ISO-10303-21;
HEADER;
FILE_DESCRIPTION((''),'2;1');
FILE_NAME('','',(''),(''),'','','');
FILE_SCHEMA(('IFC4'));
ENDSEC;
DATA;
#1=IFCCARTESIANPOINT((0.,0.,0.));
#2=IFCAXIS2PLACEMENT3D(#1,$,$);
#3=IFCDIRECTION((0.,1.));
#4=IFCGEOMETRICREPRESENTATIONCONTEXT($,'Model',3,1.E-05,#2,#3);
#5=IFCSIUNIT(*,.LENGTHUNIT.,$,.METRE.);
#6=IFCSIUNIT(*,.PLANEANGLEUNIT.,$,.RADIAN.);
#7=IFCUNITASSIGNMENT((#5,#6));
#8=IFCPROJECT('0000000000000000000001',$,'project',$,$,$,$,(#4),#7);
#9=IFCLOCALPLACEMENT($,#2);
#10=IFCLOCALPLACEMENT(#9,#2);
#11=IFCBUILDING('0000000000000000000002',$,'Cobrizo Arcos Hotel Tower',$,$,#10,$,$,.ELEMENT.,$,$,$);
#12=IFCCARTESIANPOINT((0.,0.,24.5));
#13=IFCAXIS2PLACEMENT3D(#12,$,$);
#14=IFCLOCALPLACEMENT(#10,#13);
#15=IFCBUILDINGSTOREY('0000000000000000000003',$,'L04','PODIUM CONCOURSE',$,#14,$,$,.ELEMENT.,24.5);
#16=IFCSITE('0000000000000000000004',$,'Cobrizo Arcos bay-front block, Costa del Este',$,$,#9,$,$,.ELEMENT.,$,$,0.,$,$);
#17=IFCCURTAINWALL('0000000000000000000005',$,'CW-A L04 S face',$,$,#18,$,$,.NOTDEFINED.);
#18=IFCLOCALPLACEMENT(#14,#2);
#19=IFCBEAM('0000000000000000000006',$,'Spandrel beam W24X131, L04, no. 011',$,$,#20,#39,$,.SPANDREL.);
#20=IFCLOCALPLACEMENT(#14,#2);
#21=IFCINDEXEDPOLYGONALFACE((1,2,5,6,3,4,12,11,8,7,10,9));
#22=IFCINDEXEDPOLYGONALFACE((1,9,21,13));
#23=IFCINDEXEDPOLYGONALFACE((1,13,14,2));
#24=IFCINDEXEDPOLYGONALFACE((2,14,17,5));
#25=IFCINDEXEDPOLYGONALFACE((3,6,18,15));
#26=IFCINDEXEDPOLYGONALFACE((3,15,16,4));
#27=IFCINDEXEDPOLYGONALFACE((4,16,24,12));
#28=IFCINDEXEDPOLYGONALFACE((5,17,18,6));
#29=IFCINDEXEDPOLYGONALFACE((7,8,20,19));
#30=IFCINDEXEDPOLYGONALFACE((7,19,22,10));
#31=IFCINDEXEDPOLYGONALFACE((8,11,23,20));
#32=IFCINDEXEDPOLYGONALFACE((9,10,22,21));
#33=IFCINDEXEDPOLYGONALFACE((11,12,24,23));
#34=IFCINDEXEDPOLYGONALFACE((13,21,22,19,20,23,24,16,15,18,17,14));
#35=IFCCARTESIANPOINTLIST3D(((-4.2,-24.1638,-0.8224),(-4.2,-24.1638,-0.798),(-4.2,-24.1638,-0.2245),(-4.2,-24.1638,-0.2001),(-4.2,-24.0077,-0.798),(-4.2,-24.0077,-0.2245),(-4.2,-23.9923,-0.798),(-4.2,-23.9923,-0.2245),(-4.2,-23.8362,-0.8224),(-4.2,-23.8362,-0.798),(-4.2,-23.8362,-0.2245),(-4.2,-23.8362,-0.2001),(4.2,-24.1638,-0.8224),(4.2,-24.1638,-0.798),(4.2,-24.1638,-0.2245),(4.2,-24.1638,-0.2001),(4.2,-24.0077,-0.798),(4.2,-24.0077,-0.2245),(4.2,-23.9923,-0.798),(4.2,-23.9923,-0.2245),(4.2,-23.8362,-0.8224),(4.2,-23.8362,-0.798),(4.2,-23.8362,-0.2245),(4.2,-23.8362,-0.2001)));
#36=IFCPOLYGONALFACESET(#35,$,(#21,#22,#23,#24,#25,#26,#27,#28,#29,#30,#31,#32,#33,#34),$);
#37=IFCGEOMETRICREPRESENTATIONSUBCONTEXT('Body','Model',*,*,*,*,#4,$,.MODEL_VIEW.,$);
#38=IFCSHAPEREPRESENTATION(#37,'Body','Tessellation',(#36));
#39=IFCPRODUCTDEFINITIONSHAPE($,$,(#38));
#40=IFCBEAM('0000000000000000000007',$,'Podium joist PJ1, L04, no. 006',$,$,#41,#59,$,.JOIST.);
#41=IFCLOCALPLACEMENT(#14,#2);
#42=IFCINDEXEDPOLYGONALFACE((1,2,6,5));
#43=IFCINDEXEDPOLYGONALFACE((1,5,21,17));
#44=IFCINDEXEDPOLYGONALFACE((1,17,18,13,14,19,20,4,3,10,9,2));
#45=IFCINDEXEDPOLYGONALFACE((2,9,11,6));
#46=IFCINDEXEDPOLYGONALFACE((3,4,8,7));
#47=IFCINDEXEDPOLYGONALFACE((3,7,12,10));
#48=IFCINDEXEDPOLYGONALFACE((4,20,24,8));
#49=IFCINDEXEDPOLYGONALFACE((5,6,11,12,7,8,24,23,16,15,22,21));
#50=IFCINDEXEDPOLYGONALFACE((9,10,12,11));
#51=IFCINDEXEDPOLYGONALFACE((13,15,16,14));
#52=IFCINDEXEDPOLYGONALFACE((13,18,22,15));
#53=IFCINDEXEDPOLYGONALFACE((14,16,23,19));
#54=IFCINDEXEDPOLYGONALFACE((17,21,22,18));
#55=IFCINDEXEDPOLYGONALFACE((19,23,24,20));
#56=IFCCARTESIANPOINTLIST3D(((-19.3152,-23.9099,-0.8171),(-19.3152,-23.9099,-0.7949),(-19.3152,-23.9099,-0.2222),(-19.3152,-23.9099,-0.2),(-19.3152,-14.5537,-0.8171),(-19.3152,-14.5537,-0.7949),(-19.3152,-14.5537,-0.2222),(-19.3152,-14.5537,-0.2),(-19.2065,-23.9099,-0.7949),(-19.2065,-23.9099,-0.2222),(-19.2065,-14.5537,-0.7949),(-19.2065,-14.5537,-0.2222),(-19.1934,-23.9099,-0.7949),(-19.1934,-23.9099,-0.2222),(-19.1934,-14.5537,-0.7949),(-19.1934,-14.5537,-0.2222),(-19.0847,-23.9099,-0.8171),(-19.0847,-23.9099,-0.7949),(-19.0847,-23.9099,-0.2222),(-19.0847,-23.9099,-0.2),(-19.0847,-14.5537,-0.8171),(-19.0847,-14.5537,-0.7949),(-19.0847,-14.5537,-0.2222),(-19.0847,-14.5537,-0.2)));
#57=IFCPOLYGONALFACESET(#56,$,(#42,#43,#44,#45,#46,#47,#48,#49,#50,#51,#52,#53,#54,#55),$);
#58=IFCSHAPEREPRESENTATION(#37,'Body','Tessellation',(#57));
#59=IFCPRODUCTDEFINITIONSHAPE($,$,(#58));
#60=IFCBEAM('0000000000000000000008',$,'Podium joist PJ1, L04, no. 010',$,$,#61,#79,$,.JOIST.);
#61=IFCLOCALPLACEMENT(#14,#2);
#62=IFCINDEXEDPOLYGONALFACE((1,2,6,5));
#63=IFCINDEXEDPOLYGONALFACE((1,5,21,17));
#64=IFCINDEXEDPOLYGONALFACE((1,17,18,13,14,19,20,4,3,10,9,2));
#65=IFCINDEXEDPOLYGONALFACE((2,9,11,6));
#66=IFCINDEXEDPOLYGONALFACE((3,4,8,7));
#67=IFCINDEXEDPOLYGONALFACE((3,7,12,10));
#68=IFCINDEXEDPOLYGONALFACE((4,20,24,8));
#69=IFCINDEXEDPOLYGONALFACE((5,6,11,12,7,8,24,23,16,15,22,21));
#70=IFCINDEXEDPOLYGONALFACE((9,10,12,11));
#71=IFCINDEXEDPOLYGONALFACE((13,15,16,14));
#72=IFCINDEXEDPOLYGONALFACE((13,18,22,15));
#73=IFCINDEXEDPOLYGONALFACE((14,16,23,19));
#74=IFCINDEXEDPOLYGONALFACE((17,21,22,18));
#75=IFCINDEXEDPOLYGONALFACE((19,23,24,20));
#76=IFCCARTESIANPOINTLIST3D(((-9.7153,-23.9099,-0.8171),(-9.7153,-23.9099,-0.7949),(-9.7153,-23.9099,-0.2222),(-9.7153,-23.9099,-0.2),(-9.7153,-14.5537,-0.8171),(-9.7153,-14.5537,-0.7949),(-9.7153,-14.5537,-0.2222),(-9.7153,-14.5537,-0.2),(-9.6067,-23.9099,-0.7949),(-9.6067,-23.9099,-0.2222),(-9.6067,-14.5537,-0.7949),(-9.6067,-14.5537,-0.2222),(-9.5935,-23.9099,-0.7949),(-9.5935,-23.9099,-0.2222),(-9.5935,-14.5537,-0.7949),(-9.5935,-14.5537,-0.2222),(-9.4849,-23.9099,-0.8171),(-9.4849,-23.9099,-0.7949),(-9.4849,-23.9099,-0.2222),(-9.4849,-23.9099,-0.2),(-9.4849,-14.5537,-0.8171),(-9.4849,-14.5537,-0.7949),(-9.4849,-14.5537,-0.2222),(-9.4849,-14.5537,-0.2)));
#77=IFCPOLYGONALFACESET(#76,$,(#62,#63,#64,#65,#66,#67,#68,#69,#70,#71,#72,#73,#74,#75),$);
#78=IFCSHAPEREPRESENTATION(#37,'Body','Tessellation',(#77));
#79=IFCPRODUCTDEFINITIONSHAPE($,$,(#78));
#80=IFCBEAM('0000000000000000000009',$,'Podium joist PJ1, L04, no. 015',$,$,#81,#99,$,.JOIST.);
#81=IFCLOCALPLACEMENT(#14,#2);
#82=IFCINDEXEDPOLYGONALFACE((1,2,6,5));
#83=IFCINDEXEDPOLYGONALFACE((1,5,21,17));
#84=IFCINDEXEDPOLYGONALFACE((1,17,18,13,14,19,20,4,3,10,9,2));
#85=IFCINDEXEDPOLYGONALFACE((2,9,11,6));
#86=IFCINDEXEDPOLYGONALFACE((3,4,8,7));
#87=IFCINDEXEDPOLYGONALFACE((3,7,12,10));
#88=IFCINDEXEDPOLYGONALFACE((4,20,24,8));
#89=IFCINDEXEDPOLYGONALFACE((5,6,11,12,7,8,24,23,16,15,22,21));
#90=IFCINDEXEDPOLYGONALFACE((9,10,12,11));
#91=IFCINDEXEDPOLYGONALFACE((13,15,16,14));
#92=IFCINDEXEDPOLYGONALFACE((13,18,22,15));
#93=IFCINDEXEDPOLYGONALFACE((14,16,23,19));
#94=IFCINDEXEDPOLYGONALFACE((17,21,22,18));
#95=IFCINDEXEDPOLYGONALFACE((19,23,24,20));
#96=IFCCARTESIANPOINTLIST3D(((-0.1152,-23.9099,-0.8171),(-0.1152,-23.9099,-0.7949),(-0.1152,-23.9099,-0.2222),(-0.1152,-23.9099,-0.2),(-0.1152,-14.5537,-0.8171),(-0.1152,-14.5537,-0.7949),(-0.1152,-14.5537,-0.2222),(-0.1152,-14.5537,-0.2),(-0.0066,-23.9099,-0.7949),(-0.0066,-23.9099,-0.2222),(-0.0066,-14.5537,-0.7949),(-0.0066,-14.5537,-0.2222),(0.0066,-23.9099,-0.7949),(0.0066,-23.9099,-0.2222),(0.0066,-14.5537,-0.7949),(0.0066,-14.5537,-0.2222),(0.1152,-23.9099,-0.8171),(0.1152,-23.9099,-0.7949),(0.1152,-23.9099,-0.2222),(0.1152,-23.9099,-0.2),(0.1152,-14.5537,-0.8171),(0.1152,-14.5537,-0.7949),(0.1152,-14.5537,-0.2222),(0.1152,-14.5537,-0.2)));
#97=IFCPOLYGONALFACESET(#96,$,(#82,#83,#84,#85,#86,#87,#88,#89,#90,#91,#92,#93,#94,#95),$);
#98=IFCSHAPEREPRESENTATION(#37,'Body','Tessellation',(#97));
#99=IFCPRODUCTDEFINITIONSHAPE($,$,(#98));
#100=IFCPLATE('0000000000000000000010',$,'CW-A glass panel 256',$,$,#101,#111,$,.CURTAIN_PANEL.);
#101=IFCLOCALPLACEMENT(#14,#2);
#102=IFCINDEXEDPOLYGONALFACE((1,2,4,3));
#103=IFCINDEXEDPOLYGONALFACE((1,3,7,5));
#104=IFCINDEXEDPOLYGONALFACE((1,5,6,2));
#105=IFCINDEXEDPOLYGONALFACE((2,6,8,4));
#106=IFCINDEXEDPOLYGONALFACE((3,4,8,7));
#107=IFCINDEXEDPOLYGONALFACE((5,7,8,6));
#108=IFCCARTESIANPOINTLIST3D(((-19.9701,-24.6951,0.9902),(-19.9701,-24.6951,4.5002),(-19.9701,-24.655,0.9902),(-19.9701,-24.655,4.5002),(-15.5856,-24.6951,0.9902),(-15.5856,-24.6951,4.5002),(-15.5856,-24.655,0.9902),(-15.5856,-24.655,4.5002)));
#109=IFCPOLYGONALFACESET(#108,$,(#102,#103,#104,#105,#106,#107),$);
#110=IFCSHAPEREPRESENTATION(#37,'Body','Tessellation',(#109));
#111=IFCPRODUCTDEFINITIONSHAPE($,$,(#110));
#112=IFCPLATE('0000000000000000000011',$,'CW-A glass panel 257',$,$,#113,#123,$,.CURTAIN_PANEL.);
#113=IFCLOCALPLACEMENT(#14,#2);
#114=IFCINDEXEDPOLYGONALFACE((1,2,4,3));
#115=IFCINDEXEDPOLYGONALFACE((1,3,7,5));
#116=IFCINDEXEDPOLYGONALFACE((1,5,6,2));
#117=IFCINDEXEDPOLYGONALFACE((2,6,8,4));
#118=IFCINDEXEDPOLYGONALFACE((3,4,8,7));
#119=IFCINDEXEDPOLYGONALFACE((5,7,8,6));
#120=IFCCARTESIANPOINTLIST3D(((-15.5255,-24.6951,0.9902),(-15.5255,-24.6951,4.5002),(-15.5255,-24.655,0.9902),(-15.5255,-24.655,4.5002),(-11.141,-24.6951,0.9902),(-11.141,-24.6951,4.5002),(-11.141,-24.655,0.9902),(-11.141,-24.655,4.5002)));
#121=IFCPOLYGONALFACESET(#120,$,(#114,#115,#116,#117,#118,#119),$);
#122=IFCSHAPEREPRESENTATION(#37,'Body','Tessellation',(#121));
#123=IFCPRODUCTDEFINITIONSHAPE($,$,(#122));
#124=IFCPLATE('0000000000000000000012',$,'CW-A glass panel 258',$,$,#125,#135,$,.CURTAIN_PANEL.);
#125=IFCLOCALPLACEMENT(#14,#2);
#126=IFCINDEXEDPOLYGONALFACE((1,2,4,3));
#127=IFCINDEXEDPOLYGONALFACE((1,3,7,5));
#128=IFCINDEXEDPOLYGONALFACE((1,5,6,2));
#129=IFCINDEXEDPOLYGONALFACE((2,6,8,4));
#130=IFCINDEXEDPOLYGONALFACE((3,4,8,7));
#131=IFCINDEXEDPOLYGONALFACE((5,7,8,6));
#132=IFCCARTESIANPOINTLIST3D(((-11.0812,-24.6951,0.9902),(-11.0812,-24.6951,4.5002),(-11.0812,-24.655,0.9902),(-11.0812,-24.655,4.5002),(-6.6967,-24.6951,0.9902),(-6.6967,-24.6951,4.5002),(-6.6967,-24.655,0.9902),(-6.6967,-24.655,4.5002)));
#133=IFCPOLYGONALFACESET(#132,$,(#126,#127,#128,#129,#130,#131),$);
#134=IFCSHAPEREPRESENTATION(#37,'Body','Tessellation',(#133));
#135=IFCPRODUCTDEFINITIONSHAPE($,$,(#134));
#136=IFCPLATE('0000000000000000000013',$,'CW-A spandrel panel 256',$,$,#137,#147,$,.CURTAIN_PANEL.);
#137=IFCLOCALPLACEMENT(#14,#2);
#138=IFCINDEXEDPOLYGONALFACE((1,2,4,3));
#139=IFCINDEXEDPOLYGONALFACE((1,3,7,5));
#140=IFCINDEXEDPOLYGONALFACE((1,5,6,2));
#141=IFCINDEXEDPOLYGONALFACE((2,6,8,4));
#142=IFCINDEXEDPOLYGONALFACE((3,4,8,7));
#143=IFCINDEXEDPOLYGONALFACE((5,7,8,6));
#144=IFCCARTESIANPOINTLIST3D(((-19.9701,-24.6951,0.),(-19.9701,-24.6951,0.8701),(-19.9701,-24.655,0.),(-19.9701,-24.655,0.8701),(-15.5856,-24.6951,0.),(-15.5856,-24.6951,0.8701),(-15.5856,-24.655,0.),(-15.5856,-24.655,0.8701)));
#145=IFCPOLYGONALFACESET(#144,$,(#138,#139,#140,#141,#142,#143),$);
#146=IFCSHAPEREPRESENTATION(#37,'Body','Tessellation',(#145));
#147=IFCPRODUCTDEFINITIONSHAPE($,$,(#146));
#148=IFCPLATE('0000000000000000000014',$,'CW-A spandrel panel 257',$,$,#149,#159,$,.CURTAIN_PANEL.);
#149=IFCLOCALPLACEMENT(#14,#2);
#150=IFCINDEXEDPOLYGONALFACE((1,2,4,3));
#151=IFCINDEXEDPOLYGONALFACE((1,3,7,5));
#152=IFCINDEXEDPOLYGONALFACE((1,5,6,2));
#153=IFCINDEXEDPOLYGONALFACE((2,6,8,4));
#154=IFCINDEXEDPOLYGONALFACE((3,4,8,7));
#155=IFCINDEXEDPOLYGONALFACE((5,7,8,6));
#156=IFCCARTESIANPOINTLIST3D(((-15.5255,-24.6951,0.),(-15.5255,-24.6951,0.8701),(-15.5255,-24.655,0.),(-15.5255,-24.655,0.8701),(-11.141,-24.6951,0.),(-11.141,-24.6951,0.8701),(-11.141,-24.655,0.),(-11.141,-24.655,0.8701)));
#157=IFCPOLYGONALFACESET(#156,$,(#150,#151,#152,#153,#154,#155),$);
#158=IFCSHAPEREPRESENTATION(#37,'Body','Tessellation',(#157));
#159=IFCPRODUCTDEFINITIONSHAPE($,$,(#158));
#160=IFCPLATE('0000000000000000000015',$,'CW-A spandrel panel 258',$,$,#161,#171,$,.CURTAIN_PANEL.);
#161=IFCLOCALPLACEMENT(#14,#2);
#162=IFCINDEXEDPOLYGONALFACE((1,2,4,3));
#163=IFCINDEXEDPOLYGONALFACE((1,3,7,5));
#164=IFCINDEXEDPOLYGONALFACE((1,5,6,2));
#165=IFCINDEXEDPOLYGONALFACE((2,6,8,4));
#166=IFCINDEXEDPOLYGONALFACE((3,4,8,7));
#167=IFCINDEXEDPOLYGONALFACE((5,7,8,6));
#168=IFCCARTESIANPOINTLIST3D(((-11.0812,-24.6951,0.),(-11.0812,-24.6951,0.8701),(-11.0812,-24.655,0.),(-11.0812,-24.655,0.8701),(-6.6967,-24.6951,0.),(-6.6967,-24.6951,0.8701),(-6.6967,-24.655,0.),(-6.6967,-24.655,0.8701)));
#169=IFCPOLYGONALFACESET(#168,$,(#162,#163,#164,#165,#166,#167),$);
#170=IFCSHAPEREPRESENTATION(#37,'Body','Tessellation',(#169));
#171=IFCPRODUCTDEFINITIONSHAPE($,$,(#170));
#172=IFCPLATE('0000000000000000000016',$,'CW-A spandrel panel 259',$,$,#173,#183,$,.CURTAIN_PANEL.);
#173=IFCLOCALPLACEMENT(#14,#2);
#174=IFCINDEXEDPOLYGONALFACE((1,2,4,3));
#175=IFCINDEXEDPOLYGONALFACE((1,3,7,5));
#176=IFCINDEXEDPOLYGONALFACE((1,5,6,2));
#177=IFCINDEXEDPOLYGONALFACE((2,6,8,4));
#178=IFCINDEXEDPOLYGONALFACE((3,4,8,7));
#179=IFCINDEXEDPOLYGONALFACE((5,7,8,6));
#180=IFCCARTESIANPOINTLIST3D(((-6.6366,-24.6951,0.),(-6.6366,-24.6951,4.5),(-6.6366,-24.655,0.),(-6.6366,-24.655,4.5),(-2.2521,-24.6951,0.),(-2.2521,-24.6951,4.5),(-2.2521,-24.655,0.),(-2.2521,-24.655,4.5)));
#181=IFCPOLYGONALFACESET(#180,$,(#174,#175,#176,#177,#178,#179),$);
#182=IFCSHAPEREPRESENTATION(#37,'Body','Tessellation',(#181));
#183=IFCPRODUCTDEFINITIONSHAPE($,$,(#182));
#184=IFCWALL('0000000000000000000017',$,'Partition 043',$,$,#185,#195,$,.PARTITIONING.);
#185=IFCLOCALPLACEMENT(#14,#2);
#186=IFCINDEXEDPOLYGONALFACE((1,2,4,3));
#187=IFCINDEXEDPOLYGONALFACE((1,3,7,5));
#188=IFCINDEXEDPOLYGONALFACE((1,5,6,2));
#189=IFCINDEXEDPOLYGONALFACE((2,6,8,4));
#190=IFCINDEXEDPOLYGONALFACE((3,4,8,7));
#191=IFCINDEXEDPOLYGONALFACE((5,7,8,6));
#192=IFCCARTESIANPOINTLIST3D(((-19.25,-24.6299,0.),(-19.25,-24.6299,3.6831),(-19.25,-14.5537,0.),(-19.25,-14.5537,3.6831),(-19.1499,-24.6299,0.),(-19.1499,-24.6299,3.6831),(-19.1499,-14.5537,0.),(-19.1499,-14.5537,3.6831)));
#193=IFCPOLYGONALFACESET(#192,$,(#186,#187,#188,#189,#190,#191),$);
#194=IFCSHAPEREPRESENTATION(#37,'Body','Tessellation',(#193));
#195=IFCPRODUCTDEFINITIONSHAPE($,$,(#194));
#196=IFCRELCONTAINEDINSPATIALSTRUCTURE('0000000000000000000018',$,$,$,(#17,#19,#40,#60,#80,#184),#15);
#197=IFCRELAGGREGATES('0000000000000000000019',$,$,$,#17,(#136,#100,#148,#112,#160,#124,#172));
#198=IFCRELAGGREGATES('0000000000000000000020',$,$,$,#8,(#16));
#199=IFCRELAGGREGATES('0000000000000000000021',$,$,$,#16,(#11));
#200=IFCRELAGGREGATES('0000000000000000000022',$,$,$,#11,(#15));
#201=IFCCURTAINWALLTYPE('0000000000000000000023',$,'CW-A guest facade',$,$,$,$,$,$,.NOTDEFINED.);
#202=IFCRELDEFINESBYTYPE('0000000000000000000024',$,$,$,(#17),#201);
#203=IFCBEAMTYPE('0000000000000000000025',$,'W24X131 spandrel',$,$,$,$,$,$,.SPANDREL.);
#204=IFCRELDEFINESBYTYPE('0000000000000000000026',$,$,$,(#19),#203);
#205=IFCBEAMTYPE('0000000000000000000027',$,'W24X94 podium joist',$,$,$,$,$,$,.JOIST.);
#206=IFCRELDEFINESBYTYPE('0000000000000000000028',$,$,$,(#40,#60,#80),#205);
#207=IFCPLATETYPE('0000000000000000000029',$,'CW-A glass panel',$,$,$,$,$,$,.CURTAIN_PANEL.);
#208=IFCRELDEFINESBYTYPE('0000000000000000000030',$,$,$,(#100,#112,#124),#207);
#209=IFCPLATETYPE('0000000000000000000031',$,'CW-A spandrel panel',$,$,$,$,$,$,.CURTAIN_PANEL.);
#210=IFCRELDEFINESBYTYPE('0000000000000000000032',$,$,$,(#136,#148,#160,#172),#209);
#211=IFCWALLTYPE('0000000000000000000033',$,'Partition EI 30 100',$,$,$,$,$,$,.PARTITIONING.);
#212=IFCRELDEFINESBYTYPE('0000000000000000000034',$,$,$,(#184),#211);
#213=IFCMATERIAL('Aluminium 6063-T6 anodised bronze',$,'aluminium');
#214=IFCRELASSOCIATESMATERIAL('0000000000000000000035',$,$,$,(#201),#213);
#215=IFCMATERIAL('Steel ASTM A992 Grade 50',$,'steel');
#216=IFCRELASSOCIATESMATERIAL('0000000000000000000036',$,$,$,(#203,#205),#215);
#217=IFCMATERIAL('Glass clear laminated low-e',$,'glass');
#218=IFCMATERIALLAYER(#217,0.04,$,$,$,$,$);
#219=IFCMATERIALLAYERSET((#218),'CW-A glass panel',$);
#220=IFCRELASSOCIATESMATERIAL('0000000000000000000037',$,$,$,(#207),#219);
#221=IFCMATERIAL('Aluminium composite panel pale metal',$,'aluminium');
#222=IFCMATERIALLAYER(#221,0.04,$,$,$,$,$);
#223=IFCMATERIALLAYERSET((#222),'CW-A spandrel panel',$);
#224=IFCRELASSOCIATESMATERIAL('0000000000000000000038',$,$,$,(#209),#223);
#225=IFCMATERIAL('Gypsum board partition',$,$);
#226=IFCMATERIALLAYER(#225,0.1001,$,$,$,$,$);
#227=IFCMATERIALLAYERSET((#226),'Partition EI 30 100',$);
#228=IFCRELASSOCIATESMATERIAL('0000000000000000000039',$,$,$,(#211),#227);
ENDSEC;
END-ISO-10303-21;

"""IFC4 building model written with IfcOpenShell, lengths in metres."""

from ifc_helpers import new_model, si_unit, direction, frame, frame_2d, origin, origin_2d, place, context, subcontext, project, spatial, rectangle, i_section, extrude, material, layer, layer_set, material_profile, profile_set, type_object, element, aggregate, save


model = new_model("IFC4")

# Units and contexts
model_context = context("Model", 3, precision=1e-05, world=origin(), true_north=direction((0.0, 1.0)))
body_context = subcontext(model_context, "Body", "Model", "MODEL_VIEW")
ifc_project = project(units=[si_unit("LENGTHUNIT", "METRE"), si_unit("PLANEANGLEUNIT", "RADIAN")], contexts=[model_context])

# Site, building, storey
site_placement = place(None, origin())
site = spatial("IfcSite", under=ifc_project, at=site_placement, Name="Cobrizo Arcos bay-front block, Costa del Este", CompositionType="ELEMENT", RefElevation=0.0)
building_placement = place(site_placement, origin())
building = spatial("IfcBuilding", under=site, at=building_placement, Name="Cobrizo Arcos Hotel Tower", CompositionType="ELEMENT")
storey_placement = place(building_placement, frame((0.0, 0.0, 24.5)))
storey = spatial("IfcBuildingStorey", under=building, at=storey_placement, Name="L04", Description="PODIUM CONCOURSE", CompositionType="ELEMENT", Elevation=24.5)

# Curtain wall
ifc_material_1 = material(Name="Aluminium 6063-T6 anodised bronze", Category="aluminium")
curtain_wall_type = type_object("IfcCurtainWallType", Name="CW-A guest facade", PredefinedType="NOTDEFINED", material=ifc_material_1)
curtain_wall_placement = place(storey_placement, origin())
curtain_wall = element("IfcCurtainWall", 1, at=curtain_wall_placement, inside=storey, type_object=curtain_wall_type, Name="CW-A L04 S face", PredefinedType="NOTDEFINED")

# Beams
ifc_material_2 = material(Name="Steel ASTM A992 Grade 50", Category="steel")
ifc_material_profile_1 = material_profile(ifc_material_2, i_section(OverallWidth=0.3276, OverallDepth=0.6223, WebThickness=0.0154, FlangeThickness=0.0244, at=origin_2d()), Name="W24X131")
ifc_profile_set_1 = profile_set([ifc_material_profile_1], Name="Steel ASTM A992 Grade 50")
beam_type_1 = type_object("IfcBeamType", Name="W24X131 spandrel", PredefinedType="SPANDREL", material=ifc_profile_set_1)
beam_1_placement = place(storey_placement, frame((-4.2, -24.0, -0.5112), z_axis=(1.0, 0.0, 0.0), x_axis=(0.0, 1.0, 0.0)))
element("IfcBeam", 2, at=beam_1_placement, inside=storey, type_object=beam_type_1, Name="Spandrel beam W24X131, L04, no. 011", PredefinedType="SPANDREL", context=body_context, shape_type="SweptSolid", body=[
    extrude(i_section(OverallWidth=0.3276, OverallDepth=0.6223, WebThickness=0.0154, FlangeThickness=0.0244, at=origin_2d()), origin(), (0.0, 0.0, 1.0), 8.3999),
])
ifc_material_profile_2 = material_profile(ifc_material_2, i_section(OverallWidth=0.2305, OverallDepth=0.6172, WebThickness=0.0132, FlangeThickness=0.0222, at=origin_2d()), Name="W24X94")
ifc_profile_set_2 = profile_set([ifc_material_profile_2], Name="Steel ASTM A992 Grade 50")
beam_type_2 = type_object("IfcBeamType", Name="W24X94 podium joist", PredefinedType="JOIST", material=ifc_profile_set_2)
for number, where, z_axis, x_axis, name in (
    (3, (-19.2, -23.9099, -0.5085), (0.0, 1.0, 0.0), (-1.0, 0.0, 0.0), "Podium joist PJ1, L04, no. 006"),
    (4, (-9.6001, -23.9099, -0.5085), (0.0, 1.0, 0.0), (-1.0, 0.0, 0.0), "Podium joist PJ1, L04, no. 010"),
    (5, (0.0, -23.9099, -0.5085), (0.0, 1.0, 0.0), (-1.0, 0.0, 0.0), "Podium joist PJ1, L04, no. 015"),
):
    element("IfcBeam", number, at=place(storey_placement, frame(where, z_axis=z_axis, x_axis=x_axis)), inside=storey, type_object=beam_type_2, Name=name, PredefinedType="JOIST", context=body_context, shape_type="SweptSolid", body=[
        extrude(i_section(OverallWidth=0.2305, OverallDepth=0.6172, WebThickness=0.0132, FlangeThickness=0.0222, at=origin_2d()), origin(), (0.0, 0.0, 1.0), 9.3562),
    ])

# Plates
ifc_material_3 = material(Name="Glass clear laminated low-e", Category="glass")
ifc_layer_1 = layer(ifc_material_3, 0.04)
ifc_layer_set_1 = layer_set([ifc_layer_1], Name="CW-A glass panel")
plate_type_1 = type_object("IfcPlateType", Name="CW-A glass panel", PredefinedType="CURTAIN_PANEL", material=ifc_layer_set_1)
plate_1_placement = place(storey_placement, frame((-17.7778, -24.675, 0.9902), z_axis=(0.0, 0.0, 1.0), x_axis=(1.0, 0.0, 0.0)))
plate_1 = element("IfcPlate", 6, at=plate_1_placement, type_object=plate_type_1, Name="CW-A glass panel 256", PredefinedType="CURTAIN_PANEL", context=body_context, shape_type="SweptSolid", body=[
    extrude(rectangle(XDim=4.3845, YDim=0.04, at=origin_2d()), origin(), (0.0, 0.0, 1.0), 3.51),
])
plate_2_placement = place(storey_placement, frame((-13.3333, -24.675, 0.9902), z_axis=(0.0, 0.0, 1.0), x_axis=(1.0, 0.0, 0.0)))
plate_2 = element("IfcPlate", 7, at=plate_2_placement, type_object=plate_type_1, Name="CW-A glass panel 257", PredefinedType="CURTAIN_PANEL", context=body_context, shape_type="SweptSolid", body=[
    extrude(rectangle(XDim=4.3845, YDim=0.04, at=origin_2d()), origin(), (0.0, 0.0, 1.0), 3.51),
])
plate_3_placement = place(storey_placement, frame((-8.8889, -24.675, 0.9902), z_axis=(0.0, 0.0, 1.0), x_axis=(1.0, 0.0, 0.0)))
plate_3 = element("IfcPlate", 8, at=plate_3_placement, type_object=plate_type_1, Name="CW-A glass panel 258", PredefinedType="CURTAIN_PANEL", context=body_context, shape_type="SweptSolid", body=[
    extrude(rectangle(XDim=4.3845, YDim=0.04, at=origin_2d()), origin(), (0.0, 0.0, 1.0), 3.51),
])
ifc_material_4 = material(Name="Aluminium composite panel pale metal", Category="aluminium")
ifc_layer_2 = layer(ifc_material_4, 0.04)
ifc_layer_set_2 = layer_set([ifc_layer_2], Name="CW-A spandrel panel")
plate_type_2 = type_object("IfcPlateType", Name="CW-A spandrel panel", PredefinedType="CURTAIN_PANEL", material=ifc_layer_set_2)
plate_4_placement = place(storey_placement, frame((-17.7778, -24.675, 0.0), z_axis=(0.0, 0.0, 1.0), x_axis=(1.0, 0.0, 0.0)))
plate_4 = element("IfcPlate", 9, at=plate_4_placement, type_object=plate_type_2, Name="CW-A spandrel panel 256", PredefinedType="CURTAIN_PANEL", context=body_context, shape_type="SweptSolid", body=[
    extrude(rectangle(XDim=4.3845, YDim=0.04, at=origin_2d()), origin(), (0.0, 0.0, 1.0), 0.8701),
])
plate_5_placement = place(storey_placement, frame((-13.3333, -24.675, 0.0), z_axis=(0.0, 0.0, 1.0), x_axis=(1.0, 0.0, 0.0)))
plate_5 = element("IfcPlate", 10, at=plate_5_placement, type_object=plate_type_2, Name="CW-A spandrel panel 257", PredefinedType="CURTAIN_PANEL", context=body_context, shape_type="SweptSolid", body=[
    extrude(rectangle(XDim=4.3845, YDim=0.04, at=origin_2d()), origin(), (0.0, 0.0, 1.0), 0.8701),
])
plate_6_placement = place(storey_placement, frame((-8.8889, -24.675, 0.0), z_axis=(0.0, 0.0, 1.0), x_axis=(1.0, 0.0, 0.0)))
plate_6 = element("IfcPlate", 11, at=plate_6_placement, type_object=plate_type_2, Name="CW-A spandrel panel 258", PredefinedType="CURTAIN_PANEL", context=body_context, shape_type="SweptSolid", body=[
    extrude(rectangle(XDim=4.3845, YDim=0.04, at=origin_2d()), origin(), (0.0, 0.0, 1.0), 0.8701),
])
plate_7_placement = place(storey_placement, frame((-4.4443, -24.675, 0.0), z_axis=(0.0, 0.0, 1.0), x_axis=(1.0, 0.0, 0.0)))
plate_7 = element("IfcPlate", 12, at=plate_7_placement, type_object=plate_type_2, Name="CW-A spandrel panel 259", PredefinedType="CURTAIN_PANEL", context=body_context, shape_type="SweptSolid", body=[
    extrude(rectangle(XDim=4.3845, YDim=0.04, at=origin_2d()), origin(), (0.0, 0.0, 1.0), 4.5),
])
aggregate(curtain_wall, [plate_4, plate_1, plate_5, plate_2, plate_6, plate_3, plate_7])

# Wall
ifc_material_5 = material(Name="Gypsum board partition")
ifc_layer_3 = layer(ifc_material_5, 0.1001)
ifc_layer_set_3 = layer_set([ifc_layer_3], Name="Partition EI 30 100")
wall_type = type_object("IfcWallType", Name="Partition EI 30 100", PredefinedType="PARTITIONING", material=ifc_layer_set_3)
wall_1_placement = place(storey_placement, frame((-19.2, -24.6299, 0.0), z_axis=(0.0, 0.0, 1.0), x_axis=(0.0, 1.0, 0.0)))
element("IfcWall", 13, at=wall_1_placement, inside=storey, type_object=wall_type, Name="Partition 043", PredefinedType="PARTITIONING", context=body_context, shape_type="SweptSolid", body=[
    extrude(rectangle(XDim=10.0762, YDim=0.1001, at=frame_2d((5.0381, 0.0))), origin(), (0.0, 0.0, 1.0), 3.6831),
])

save(model, "model.ifc")
